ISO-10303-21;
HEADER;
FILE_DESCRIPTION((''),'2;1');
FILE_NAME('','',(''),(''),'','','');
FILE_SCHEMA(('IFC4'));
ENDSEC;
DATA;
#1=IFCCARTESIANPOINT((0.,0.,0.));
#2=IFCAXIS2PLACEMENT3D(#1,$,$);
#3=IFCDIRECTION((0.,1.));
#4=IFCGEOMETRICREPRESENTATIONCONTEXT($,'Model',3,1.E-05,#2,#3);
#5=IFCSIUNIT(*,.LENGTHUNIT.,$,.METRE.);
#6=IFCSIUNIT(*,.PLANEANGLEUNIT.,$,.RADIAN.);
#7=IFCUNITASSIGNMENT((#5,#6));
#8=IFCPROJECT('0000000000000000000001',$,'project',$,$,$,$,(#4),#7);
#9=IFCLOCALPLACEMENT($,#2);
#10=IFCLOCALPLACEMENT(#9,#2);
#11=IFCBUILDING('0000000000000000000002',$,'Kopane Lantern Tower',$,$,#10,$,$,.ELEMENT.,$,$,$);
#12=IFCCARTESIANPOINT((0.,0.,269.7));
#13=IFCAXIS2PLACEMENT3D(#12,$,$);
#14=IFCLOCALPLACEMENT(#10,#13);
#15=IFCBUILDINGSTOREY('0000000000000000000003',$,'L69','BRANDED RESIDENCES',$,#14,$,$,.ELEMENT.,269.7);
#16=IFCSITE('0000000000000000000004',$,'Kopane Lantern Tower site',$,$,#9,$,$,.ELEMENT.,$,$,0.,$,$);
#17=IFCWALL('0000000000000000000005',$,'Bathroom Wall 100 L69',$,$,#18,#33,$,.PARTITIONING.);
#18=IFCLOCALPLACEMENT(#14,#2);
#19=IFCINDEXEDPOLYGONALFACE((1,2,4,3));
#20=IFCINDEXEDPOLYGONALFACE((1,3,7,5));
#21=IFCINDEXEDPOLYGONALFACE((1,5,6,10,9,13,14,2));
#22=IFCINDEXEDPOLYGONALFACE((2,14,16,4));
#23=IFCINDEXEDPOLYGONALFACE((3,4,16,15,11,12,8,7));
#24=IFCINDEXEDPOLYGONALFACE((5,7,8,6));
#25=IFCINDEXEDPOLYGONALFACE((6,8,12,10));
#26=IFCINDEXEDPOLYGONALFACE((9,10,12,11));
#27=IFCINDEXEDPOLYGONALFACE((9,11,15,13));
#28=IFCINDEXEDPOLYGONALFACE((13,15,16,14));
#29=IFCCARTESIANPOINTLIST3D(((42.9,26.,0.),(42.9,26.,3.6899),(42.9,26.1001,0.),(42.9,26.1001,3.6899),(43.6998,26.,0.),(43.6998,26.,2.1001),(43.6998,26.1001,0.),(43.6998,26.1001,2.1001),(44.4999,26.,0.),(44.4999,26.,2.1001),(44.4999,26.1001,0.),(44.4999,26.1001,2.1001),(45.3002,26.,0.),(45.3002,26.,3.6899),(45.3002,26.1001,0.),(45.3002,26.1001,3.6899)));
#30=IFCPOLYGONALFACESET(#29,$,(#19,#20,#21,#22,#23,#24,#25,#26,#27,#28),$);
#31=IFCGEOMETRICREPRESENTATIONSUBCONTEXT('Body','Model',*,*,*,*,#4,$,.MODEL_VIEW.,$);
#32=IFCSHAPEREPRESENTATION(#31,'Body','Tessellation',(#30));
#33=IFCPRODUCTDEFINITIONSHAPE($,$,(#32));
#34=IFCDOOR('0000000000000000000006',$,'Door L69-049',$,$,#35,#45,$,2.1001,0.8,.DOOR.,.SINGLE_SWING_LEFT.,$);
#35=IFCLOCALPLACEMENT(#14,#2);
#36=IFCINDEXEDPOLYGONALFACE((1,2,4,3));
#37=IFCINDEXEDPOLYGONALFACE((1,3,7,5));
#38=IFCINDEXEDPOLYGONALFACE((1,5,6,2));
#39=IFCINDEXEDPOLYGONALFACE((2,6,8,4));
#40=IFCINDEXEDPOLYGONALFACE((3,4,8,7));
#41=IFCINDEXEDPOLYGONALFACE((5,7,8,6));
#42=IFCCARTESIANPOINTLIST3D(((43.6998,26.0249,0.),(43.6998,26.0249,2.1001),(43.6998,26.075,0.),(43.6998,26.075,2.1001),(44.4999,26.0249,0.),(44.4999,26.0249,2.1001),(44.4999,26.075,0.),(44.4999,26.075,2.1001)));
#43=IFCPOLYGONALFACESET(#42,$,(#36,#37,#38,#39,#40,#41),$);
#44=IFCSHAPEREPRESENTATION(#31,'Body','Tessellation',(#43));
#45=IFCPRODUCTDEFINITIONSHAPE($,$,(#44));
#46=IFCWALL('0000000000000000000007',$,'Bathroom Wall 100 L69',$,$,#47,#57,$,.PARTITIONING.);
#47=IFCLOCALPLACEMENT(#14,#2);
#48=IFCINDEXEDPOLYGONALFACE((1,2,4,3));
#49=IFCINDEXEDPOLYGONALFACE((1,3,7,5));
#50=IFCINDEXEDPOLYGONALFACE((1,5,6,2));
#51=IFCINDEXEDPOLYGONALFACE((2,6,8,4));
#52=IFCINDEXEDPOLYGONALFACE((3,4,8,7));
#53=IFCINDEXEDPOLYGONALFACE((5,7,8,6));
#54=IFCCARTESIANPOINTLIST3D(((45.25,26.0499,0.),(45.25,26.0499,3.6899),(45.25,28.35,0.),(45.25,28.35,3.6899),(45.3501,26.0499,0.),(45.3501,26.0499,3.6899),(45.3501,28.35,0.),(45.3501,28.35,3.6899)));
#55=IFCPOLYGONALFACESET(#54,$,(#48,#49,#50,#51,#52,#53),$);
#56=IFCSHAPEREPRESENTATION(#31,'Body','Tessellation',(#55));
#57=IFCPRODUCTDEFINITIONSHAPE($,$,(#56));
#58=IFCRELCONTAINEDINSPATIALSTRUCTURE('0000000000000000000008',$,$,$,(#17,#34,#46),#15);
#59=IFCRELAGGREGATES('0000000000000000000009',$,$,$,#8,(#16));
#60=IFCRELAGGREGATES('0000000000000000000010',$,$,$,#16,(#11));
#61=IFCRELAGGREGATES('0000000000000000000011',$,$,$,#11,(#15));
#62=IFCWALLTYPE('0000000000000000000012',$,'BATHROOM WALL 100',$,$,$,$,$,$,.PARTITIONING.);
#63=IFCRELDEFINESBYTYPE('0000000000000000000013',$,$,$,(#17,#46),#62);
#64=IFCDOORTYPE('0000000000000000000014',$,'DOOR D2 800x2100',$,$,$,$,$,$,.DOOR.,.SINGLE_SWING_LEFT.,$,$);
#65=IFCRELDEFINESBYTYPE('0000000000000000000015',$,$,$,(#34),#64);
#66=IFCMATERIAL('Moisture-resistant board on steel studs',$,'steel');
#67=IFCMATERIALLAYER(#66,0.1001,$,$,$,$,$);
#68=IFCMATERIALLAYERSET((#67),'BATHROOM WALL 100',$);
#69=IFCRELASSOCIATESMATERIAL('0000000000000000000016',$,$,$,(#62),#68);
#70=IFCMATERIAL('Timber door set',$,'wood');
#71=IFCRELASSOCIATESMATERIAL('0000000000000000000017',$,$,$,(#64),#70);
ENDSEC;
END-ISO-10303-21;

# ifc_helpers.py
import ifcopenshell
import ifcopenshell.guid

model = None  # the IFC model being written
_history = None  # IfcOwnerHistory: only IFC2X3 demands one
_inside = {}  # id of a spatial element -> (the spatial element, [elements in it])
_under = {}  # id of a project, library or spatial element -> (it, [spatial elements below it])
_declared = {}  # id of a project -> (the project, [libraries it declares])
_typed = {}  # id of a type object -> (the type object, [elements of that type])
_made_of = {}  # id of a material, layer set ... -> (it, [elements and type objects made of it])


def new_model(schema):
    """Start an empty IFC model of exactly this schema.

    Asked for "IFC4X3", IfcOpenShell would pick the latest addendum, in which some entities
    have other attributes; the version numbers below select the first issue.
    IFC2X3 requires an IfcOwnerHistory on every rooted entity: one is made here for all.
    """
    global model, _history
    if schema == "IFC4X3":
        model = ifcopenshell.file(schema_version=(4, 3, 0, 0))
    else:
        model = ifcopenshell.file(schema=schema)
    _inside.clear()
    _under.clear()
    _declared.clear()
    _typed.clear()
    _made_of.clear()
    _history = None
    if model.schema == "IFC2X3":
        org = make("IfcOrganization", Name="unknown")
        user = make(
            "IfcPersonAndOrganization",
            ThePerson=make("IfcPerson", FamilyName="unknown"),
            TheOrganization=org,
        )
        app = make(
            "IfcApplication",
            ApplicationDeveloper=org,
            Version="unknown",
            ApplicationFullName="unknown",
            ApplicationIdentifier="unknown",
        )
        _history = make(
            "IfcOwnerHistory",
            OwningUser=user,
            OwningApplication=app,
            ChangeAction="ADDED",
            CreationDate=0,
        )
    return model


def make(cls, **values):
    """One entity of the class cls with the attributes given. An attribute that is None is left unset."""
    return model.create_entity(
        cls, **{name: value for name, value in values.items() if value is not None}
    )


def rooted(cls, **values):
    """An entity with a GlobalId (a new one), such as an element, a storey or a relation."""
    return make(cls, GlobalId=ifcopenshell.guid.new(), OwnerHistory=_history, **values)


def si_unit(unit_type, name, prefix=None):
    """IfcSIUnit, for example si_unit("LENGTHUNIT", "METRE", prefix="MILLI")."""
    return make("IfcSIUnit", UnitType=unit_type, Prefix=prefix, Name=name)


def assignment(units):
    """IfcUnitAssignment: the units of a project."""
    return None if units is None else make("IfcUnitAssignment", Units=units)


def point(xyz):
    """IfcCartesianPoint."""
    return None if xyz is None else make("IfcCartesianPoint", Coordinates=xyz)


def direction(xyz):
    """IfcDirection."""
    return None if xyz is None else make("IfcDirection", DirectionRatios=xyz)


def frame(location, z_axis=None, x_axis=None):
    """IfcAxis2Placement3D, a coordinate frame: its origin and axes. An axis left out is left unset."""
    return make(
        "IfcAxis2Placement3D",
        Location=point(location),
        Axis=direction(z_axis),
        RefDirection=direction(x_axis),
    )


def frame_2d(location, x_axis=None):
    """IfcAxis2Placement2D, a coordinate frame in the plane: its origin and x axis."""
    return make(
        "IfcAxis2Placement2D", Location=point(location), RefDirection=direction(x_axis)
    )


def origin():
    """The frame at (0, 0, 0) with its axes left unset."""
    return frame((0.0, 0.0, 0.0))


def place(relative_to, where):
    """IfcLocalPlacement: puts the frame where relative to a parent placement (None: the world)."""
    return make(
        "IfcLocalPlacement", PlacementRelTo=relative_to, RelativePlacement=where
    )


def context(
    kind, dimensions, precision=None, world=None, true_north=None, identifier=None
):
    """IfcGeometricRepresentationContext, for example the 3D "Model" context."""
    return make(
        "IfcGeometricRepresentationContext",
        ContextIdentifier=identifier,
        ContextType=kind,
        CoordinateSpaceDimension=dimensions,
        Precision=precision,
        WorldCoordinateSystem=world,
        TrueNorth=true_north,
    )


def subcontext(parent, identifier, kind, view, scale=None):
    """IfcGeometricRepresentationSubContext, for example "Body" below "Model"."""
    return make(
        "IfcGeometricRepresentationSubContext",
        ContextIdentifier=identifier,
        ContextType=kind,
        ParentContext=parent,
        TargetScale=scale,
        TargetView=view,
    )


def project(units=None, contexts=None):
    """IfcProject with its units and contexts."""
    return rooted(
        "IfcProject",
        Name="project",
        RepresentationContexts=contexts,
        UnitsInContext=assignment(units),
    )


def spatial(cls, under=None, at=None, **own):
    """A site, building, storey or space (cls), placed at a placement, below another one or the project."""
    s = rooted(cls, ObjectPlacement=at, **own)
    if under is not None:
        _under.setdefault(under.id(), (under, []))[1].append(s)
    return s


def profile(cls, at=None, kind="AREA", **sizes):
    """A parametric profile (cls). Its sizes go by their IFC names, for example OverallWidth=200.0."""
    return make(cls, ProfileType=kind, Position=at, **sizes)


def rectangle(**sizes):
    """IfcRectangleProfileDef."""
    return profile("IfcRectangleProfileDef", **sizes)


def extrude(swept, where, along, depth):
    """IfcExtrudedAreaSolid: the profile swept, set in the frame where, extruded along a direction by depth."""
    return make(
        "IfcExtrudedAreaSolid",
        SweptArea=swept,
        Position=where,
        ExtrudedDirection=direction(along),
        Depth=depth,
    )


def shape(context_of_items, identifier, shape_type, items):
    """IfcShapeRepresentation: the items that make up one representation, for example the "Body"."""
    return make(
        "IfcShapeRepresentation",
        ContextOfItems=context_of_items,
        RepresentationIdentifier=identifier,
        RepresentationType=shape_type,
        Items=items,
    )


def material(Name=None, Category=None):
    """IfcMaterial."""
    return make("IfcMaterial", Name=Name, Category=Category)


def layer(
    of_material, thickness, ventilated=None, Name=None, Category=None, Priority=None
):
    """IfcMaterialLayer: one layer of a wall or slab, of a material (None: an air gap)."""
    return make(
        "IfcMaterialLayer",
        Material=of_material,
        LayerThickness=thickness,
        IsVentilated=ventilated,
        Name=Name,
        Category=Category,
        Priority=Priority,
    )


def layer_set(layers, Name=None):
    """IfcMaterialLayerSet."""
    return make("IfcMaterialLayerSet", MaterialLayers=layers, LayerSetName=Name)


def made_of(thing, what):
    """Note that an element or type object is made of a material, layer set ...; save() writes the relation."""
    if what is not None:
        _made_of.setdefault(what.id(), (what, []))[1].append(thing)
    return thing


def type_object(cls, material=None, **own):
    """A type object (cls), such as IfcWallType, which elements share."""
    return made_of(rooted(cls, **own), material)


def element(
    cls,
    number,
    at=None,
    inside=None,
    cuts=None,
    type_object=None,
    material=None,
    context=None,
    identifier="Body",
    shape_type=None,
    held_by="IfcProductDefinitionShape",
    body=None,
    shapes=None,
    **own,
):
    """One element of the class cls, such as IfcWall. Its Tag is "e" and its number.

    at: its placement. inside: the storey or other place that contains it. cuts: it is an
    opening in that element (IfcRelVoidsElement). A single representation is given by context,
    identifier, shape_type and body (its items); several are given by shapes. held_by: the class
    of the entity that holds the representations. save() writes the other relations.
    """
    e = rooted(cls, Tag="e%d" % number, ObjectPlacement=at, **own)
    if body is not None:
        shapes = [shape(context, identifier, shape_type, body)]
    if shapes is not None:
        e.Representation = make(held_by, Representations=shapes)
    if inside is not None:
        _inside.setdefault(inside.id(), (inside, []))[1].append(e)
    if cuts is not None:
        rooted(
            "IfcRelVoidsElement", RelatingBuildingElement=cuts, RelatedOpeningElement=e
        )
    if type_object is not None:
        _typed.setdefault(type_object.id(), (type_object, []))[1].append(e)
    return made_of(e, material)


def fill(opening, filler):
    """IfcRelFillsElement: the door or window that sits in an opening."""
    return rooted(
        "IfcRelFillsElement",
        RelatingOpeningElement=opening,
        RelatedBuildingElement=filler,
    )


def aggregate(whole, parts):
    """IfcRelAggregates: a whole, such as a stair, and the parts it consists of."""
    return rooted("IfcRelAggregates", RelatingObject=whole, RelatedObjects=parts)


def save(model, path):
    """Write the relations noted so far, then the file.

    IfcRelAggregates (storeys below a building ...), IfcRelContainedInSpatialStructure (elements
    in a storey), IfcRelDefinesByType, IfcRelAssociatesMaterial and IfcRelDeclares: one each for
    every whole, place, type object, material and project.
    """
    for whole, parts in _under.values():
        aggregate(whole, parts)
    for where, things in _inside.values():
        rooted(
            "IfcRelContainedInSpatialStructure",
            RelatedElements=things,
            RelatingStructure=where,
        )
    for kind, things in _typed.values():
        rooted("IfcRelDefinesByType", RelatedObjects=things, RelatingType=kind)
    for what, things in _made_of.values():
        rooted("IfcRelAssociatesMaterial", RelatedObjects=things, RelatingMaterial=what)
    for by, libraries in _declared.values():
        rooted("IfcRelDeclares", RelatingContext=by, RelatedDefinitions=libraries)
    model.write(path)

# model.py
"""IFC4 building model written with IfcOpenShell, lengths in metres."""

from ifc_helpers import new_model, si_unit, direction, frame, frame_2d, origin, place, context, subcontext, project, spatial, rectangle, extrude, material, layer, layer_set, type_object, element, fill, save


model = new_model("IFC4")

# Units and contexts
model_context = context("Model", 3, precision=1e-05, world=origin(), true_north=direction((0.0, 1.0)))
body_context = subcontext(model_context, "Body", "Model", "MODEL_VIEW")
ifc_project = project(units=[si_unit("LENGTHUNIT", "METRE"), si_unit("PLANEANGLEUNIT", "RADIAN")], contexts=[model_context])

# Site, building, storey
site_placement = place(None, origin())
site = spatial("IfcSite", under=ifc_project, at=site_placement, Name="Kopane Lantern Tower site", CompositionType="ELEMENT", RefElevation=0.0)
building_placement = place(site_placement, origin())
building = spatial("IfcBuilding", under=site, at=building_placement, Name="Kopane Lantern Tower", CompositionType="ELEMENT")
storey_placement = place(building_placement, frame((0.0, 0.0, 269.7)))
storey = spatial("IfcBuildingStorey", under=building, at=storey_placement, Name="L69", Description="BRANDED RESIDENCES", CompositionType="ELEMENT", Elevation=269.7)

# Wall, opening, door
ifc_material_1 = material(Name="Moisture-resistant board on steel studs", Category="steel")
ifc_layer_1 = layer(ifc_material_1, 0.1001)
ifc_layer_set_1 = layer_set([ifc_layer_1], Name="BATHROOM WALL 100")
wall_type_1 = type_object("IfcWallType", Name="BATHROOM WALL 100", PredefinedType="PARTITIONING", material=ifc_layer_set_1)
wall_1_placement = place(storey_placement, frame((42.8999, 26.05, 0.0), z_axis=(0.0, 0.0, 1.0), x_axis=(1.0, 0.0, 0.0)))
wall_1 = element("IfcWall", 1, at=wall_1_placement, inside=storey, type_object=wall_type_1, Name="Bathroom Wall 100 L69", PredefinedType="PARTITIONING", context=body_context, shape_type="SweptSolid", body=[
    extrude(rectangle(XDim=2.4001, YDim=0.1001, at=frame_2d((1.2002, 0.0))), origin(), (0.0, 0.0, 1.0), 3.6899),
])
opening_placement = place(wall_1_placement, frame((0.8, 0.0, 0.0)))
opening = element("IfcOpeningElement", 2, at=opening_placement, cuts=wall_1, PredefinedType="OPENING", context=body_context, shape_type="SweptSolid", body=[
    extrude(rectangle(XDim=0.8, YDim=2.1001, at=frame_2d((0.3999, 1.05))), frame((0.0, 0.0601, 0.0), z_axis=(0.0, -1.0, 0.0), x_axis=(1.0, 0.0, 0.0)), (0.0, 0.0, 1.0), 0.1201),
])
ifc_material_2 = material(Name="Timber door set", Category="wood")
door_type = type_object("IfcDoorType", Name="DOOR D2 800x2100", OperationType="SINGLE_SWING_LEFT", PredefinedType="DOOR", material=ifc_material_2)
door_placement = place(opening_placement, origin())
door = element("IfcDoor", 3, at=door_placement, inside=storey, type_object=door_type, Name="Door L69-049", OperationType="SINGLE_SWING_LEFT", OverallHeight=2.1001, OverallWidth=0.8, PredefinedType="DOOR", context=body_context, shape_type="SweptSolid", body=[
    extrude(rectangle(XDim=0.8, YDim=2.1001, at=frame_2d((0.3999, 1.05))), frame((0.0, 0.0249, 0.0), z_axis=(0.0, -1.0, 0.0), x_axis=(1.0, 0.0, 0.0)), (0.0, 0.0, 1.0), 0.05),
])
fill(opening, door)

# Wall
wall_2_placement = place(storey_placement, frame((45.3, 26.05, 0.0), z_axis=(0.0, 0.0, 1.0), x_axis=(0.0, 1.0, 0.0)))
element("IfcWall", 4, at=wall_2_placement, inside=storey, type_object=wall_type_1, Name="Bathroom Wall 100 L69", PredefinedType="PARTITIONING", context=body_context, shape_type="SweptSolid", body=[
    extrude(rectangle(XDim=2.3, YDim=0.1001, at=frame_2d((1.1499, 0.0))), origin(), (0.0, 0.0, 1.0), 3.6899),
])

save(model, "model.ifc")
